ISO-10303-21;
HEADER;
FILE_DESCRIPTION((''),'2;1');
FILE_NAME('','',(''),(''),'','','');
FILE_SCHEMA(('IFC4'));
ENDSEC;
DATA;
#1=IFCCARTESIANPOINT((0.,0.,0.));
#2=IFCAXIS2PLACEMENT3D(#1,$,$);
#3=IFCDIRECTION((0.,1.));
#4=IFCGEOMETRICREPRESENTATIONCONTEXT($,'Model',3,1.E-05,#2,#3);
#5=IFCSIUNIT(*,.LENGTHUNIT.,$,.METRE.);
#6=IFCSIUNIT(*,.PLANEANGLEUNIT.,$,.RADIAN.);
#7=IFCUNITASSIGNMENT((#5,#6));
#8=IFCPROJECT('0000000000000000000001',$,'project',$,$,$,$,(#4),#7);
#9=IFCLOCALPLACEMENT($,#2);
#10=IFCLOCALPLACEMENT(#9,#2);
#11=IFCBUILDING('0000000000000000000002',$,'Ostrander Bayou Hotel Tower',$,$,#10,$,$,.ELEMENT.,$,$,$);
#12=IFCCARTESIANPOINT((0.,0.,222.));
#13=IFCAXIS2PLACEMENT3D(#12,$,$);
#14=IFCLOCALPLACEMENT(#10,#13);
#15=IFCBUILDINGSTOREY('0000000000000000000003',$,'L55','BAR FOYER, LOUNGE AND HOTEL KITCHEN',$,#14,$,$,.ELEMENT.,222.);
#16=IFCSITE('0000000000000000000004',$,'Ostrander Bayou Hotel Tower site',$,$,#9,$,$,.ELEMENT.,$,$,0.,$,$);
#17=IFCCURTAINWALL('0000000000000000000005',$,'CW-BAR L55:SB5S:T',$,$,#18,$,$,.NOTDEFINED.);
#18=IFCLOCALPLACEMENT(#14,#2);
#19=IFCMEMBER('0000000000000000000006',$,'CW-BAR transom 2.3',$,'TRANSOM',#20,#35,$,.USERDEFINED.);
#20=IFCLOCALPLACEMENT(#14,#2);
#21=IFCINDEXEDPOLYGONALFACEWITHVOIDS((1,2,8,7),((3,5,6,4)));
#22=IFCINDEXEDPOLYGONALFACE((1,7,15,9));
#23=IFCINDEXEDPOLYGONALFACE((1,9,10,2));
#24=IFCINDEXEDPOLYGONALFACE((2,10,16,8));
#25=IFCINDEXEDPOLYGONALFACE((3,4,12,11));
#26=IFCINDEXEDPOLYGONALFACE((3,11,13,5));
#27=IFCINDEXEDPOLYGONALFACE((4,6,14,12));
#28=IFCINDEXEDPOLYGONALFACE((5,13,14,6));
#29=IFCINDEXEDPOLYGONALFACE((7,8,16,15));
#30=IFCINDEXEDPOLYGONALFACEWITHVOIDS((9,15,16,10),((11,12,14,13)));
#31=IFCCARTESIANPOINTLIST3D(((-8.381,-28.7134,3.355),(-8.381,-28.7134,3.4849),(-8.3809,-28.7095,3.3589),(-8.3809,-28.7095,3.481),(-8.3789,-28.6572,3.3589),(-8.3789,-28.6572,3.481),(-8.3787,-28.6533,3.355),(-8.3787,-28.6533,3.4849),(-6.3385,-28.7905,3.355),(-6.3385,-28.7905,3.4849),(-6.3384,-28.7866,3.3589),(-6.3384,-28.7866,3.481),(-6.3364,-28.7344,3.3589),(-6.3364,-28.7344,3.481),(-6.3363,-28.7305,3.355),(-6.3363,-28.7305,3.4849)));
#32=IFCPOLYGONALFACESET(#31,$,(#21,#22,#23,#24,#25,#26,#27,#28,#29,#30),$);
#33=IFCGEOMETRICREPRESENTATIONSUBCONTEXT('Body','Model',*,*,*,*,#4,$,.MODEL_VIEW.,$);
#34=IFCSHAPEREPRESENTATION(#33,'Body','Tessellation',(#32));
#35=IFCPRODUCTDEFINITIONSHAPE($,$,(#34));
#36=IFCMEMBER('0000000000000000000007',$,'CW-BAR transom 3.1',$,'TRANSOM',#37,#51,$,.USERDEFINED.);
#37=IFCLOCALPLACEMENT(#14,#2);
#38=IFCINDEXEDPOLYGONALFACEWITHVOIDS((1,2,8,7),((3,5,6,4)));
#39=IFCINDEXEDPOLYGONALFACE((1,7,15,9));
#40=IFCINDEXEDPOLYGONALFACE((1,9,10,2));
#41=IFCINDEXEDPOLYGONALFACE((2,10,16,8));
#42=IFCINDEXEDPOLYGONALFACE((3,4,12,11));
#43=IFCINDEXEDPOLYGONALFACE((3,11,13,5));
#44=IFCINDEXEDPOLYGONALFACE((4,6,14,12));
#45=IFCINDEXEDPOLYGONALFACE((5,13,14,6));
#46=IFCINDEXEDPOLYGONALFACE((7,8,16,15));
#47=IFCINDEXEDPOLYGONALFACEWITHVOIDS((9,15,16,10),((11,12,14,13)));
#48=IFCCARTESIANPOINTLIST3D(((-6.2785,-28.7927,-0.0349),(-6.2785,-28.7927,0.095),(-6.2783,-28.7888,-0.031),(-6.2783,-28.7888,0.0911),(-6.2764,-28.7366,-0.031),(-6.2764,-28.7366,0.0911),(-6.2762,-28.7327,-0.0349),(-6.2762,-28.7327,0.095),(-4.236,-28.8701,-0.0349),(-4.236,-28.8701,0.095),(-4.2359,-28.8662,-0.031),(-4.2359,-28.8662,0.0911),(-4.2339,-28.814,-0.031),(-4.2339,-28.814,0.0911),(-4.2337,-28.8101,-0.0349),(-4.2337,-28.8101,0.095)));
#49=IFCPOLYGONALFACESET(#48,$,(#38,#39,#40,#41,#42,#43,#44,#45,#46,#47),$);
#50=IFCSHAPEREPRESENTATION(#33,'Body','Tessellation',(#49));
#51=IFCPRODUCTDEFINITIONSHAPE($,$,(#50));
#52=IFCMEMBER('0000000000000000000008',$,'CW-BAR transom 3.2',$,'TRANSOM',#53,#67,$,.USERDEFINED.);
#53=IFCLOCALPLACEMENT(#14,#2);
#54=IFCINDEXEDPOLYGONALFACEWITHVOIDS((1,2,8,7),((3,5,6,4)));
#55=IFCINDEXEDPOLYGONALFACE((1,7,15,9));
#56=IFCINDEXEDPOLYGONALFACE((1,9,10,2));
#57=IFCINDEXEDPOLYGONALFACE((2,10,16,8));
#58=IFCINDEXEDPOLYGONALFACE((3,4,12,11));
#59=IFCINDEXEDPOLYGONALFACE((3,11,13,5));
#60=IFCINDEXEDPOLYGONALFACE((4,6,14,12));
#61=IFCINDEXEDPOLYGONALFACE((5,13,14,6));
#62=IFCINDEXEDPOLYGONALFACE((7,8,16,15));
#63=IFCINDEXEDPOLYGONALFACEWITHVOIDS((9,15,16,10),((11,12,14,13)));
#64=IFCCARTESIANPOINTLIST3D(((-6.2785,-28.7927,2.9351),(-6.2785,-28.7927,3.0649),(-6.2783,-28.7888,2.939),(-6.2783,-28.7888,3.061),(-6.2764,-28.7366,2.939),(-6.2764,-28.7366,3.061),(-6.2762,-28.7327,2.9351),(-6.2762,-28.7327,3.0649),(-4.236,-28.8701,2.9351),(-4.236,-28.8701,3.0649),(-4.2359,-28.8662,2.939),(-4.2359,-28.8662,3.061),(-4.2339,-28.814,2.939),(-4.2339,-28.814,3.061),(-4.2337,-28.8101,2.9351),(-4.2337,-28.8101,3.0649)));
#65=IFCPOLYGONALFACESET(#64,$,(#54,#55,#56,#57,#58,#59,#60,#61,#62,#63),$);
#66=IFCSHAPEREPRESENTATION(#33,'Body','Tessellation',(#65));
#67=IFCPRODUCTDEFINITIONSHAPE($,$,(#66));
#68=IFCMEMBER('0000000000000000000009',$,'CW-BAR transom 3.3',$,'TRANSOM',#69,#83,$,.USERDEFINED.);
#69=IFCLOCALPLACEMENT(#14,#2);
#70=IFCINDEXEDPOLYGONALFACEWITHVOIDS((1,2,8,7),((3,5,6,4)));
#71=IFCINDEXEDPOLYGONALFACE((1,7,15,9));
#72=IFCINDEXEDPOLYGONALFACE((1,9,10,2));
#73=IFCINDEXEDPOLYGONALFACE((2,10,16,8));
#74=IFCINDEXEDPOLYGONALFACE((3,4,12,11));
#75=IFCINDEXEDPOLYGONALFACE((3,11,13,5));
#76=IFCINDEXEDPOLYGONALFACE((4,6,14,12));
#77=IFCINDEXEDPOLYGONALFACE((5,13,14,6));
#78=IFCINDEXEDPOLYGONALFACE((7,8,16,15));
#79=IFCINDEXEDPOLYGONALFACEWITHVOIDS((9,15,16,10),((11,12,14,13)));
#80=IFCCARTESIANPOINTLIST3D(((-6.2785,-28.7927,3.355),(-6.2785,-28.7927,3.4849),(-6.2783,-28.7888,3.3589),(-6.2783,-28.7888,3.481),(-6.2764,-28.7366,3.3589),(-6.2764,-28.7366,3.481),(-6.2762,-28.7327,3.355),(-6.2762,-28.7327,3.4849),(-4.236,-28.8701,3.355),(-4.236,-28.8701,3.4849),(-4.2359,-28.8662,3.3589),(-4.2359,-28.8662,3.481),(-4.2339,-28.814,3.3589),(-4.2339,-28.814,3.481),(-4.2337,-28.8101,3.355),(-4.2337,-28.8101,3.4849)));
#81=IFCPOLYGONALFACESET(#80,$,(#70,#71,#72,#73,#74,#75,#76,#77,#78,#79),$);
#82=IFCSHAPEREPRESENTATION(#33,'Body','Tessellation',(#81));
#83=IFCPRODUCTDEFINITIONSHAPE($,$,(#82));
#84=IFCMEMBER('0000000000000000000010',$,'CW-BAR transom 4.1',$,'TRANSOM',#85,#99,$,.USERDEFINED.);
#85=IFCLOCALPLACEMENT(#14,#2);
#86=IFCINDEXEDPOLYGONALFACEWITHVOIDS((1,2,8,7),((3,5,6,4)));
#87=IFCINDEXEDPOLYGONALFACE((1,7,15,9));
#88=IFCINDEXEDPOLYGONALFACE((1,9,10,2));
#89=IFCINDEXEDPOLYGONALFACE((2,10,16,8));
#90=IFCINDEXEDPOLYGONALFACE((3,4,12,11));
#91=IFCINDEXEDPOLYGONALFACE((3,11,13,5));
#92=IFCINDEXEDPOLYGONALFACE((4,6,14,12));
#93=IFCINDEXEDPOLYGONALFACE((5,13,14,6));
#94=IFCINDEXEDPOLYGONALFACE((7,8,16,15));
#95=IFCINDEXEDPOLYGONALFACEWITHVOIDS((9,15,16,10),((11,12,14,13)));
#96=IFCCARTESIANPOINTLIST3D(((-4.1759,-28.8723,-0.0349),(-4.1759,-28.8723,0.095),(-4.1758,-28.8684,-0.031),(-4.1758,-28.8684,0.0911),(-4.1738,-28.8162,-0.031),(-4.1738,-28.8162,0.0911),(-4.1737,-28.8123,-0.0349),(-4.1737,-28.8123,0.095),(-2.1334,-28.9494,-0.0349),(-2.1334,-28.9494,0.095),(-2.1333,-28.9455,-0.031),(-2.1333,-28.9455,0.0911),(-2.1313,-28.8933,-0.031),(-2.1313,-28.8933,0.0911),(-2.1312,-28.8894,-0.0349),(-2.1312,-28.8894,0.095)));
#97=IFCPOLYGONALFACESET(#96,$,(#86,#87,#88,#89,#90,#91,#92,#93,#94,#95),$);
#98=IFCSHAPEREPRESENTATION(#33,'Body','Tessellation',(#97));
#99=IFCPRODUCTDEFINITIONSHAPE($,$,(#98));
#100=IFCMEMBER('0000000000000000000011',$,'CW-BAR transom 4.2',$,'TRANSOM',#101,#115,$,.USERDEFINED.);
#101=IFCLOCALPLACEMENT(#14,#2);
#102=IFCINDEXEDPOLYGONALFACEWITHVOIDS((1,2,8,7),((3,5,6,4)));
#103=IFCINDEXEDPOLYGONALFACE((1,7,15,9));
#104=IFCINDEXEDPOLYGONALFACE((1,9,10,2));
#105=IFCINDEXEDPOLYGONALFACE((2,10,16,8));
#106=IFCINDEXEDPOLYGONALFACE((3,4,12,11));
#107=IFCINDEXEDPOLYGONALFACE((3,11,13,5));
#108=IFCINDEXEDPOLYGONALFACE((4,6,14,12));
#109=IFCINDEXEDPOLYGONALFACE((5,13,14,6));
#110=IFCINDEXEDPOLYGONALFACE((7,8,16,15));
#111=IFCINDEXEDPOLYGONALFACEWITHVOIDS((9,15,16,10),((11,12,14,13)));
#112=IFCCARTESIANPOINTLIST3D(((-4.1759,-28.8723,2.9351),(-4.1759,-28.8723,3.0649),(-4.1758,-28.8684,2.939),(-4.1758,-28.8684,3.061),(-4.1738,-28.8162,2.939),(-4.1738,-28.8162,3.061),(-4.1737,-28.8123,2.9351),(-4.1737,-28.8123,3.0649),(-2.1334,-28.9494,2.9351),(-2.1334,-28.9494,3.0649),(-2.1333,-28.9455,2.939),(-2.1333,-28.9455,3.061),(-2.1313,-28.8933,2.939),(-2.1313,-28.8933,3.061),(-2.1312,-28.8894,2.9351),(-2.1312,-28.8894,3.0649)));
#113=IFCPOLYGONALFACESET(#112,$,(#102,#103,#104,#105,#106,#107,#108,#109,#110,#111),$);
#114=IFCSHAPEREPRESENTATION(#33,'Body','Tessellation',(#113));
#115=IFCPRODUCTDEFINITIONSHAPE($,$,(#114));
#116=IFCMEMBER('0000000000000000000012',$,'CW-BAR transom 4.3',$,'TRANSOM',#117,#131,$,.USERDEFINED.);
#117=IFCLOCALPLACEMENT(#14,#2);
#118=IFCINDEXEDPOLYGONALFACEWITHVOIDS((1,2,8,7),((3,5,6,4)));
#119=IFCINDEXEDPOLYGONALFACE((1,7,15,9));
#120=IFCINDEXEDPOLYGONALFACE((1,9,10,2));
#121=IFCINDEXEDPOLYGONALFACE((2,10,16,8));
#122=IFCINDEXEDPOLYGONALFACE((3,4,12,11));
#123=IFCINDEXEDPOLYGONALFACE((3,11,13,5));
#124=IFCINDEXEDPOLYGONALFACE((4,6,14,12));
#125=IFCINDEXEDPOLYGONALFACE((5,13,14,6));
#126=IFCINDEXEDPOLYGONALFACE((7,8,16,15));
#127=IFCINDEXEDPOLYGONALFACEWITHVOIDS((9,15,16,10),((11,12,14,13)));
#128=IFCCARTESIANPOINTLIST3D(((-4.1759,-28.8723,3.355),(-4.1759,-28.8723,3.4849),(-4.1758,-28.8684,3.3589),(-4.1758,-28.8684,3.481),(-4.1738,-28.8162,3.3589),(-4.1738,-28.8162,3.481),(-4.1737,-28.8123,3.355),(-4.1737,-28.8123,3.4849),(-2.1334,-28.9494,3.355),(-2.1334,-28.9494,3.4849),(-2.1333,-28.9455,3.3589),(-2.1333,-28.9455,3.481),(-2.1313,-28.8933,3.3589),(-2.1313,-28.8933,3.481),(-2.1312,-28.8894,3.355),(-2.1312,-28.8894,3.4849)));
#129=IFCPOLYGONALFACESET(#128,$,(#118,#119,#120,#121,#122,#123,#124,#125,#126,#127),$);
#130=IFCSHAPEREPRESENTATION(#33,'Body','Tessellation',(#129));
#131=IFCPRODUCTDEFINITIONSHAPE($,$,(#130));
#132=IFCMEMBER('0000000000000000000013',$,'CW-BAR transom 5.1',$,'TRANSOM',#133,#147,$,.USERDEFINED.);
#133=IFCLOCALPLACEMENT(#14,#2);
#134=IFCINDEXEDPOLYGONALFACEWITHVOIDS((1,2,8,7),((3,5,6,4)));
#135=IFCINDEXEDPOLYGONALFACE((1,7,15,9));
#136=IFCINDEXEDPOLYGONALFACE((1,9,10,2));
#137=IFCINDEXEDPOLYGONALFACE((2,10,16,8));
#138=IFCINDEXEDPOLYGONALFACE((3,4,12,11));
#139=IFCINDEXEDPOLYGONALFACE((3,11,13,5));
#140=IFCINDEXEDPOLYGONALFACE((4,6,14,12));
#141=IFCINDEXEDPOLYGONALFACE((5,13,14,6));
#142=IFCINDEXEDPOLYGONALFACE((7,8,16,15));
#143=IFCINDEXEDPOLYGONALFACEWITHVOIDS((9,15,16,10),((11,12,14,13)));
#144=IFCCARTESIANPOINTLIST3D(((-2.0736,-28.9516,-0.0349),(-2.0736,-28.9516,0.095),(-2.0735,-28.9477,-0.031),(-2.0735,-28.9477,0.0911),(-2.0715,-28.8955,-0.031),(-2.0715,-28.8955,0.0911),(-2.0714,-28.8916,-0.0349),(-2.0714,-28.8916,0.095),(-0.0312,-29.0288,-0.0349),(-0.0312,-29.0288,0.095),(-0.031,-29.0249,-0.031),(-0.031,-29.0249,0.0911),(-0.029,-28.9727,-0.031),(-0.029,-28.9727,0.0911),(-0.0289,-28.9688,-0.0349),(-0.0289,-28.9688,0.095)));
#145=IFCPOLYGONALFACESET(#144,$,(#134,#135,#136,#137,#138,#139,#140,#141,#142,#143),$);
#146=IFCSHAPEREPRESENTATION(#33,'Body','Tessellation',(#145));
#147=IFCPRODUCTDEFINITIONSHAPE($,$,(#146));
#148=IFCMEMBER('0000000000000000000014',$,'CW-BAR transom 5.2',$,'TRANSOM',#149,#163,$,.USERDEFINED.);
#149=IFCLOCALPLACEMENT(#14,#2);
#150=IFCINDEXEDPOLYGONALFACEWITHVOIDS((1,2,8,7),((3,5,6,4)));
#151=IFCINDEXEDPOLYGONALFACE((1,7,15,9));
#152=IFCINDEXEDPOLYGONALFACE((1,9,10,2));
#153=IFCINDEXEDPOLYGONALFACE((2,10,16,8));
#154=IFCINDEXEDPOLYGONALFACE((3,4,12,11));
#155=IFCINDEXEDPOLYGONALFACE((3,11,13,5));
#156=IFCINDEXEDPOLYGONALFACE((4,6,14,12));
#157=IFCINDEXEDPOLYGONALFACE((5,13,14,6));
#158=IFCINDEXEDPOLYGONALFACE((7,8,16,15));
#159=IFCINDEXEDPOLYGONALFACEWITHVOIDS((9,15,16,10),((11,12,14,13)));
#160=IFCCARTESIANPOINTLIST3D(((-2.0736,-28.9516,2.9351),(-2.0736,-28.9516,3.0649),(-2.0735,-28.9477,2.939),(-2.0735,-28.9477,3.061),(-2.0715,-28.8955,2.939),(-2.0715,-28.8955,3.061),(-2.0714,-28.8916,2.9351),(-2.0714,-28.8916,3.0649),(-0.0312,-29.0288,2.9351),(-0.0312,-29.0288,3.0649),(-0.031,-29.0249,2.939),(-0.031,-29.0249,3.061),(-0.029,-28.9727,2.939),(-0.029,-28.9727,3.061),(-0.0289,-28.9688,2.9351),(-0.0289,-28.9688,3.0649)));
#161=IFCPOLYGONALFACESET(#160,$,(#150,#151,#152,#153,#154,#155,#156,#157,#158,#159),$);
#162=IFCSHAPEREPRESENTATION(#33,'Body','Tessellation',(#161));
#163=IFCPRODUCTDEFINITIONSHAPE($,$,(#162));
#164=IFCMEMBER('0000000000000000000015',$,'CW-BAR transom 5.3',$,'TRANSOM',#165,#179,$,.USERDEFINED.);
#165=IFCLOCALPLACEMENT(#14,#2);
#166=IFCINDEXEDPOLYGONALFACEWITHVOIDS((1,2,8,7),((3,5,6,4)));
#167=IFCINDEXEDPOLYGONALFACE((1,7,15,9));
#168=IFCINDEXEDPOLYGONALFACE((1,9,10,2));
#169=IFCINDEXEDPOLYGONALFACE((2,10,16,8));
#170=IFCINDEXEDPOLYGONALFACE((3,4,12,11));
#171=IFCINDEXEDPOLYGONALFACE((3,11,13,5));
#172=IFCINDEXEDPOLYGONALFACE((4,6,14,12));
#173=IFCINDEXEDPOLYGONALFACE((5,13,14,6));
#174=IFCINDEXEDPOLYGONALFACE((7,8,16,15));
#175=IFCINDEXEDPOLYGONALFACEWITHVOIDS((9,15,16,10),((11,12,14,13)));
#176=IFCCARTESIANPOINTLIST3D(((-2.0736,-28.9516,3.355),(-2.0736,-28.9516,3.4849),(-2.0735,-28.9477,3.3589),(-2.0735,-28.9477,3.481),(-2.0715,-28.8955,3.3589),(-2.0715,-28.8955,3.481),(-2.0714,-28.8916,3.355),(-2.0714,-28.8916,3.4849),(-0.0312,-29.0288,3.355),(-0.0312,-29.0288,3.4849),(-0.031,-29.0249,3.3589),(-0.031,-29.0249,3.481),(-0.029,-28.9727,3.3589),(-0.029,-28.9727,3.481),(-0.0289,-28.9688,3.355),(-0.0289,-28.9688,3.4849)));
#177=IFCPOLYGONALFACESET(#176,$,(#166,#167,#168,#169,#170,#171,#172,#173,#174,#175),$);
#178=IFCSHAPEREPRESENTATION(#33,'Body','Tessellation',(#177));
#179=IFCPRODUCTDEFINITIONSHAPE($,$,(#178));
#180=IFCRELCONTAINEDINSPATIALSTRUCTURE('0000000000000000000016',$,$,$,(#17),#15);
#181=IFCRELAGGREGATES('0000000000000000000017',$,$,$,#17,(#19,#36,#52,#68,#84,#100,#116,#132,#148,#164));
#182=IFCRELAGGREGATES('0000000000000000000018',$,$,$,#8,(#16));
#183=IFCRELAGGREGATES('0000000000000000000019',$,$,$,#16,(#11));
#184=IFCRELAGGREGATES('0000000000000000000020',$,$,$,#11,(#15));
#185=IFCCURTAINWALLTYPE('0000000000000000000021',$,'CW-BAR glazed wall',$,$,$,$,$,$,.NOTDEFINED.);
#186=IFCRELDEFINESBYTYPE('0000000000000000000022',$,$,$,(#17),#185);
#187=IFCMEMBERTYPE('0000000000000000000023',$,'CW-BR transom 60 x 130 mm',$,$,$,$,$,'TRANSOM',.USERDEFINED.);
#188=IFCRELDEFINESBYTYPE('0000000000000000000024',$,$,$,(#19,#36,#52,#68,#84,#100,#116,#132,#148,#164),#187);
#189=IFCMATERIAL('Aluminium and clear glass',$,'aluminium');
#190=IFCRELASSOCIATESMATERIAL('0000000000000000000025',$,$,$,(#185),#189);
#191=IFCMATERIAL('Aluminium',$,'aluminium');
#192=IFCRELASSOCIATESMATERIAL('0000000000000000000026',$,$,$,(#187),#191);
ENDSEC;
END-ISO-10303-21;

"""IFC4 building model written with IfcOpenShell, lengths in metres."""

from ifc_helpers import new_model, si_unit, direction, frame, origin, origin_2d, place, context, subcontext, project, spatial, hollow_rectangle, extrude, material, material_profile, profile_set, type_object, element, aggregate, save


model = new_model("IFC4")

# Units and contexts
model_context = context("Model", 3, precision=1e-05, world=origin(), true_north=direction((0.0, 1.0)))
body_context = subcontext(model_context, "Body", "Model", "MODEL_VIEW")
ifc_project = project(units=[si_unit("LENGTHUNIT", "METRE"), si_unit("PLANEANGLEUNIT", "RADIAN")], contexts=[model_context])

# Site, building, storey
site_placement = place(None, origin())
site = spatial("IfcSite", under=ifc_project, at=site_placement, Name="Ostrander Bayou Hotel Tower site", CompositionType="ELEMENT", RefElevation=0.0)
building_placement = place(site_placement, origin())
building = spatial("IfcBuilding", under=site, at=building_placement, Name="Ostrander Bayou Hotel Tower", CompositionType="ELEMENT")
storey_placement = place(building_placement, frame((0.0, 0.0, 222.0)))
storey = spatial("IfcBuildingStorey", under=building, at=storey_placement, Name="L55", Description="BAR FOYER, LOUNGE AND HOTEL KITCHEN", CompositionType="ELEMENT", Elevation=222.0)

# Shared definitions
ifc_material_1 = material(Name="Aluminium and clear glass", Category="aluminium")
curtain_wall_type = type_object("IfcCurtainWallType", Name="CW-BAR glazed wall", PredefinedType="NOTDEFINED", material=ifc_material_1)

# Curtain wall, members
curtain_wall_1_placement = place(storey_placement, origin())
curtain_wall_1 = element("IfcCurtainWall", 1, at=curtain_wall_1_placement, inside=storey, type_object=curtain_wall_type, Name="CW-BAR L55:SB5S:T", PredefinedType="NOTDEFINED")
ifc_material_2 = material(Name="Aluminium", Category="aluminium")
ifc_material_profile_1 = material_profile(ifc_material_2, hollow_rectangle(XDim=0.0601, YDim=0.1299, WallThickness=0.0039, at=origin_2d()))
ifc_profile_set_1 = profile_set([ifc_material_profile_1], Name="Aluminium")
member_type_1 = type_object("IfcMemberType", Name="CW-BR transom 60 x 130 mm", ElementType="TRANSOM", PredefinedType="USERDEFINED", material=ifc_profile_set_1)
member_1_placement = place(storey_placement, frame((-8.3799, -28.6833, 3.4199), z_axis=(0.999287, -0.037745, 0.0), x_axis=(0.037745, 0.999287, 0.0)))
member_1 = element("IfcMember", 2, at=member_1_placement, type_object=member_type_1, Name="CW-BAR transom 2.3", ObjectType="TRANSOM", PredefinedType="USERDEFINED", context=body_context, shape_type="SweptSolid", body=[
    extrude(hollow_rectangle(XDim=0.0601, YDim=0.1299, WallThickness=0.0039, at=origin_2d()), origin(), (0.0, 0.0, 1.0), 2.0439),
])
member_2_placement = place(storey_placement, frame((-6.2773, -28.7627, 0.03), z_axis=(0.999283, -0.037864, 0.0), x_axis=(0.037864, 0.999283, 0.0)))
member_2 = element("IfcMember", 3, at=member_2_placement, type_object=member_type_1, Name="CW-BAR transom 3.1", ObjectType="TRANSOM", PredefinedType="USERDEFINED", context=body_context, shape_type="SweptSolid", body=[
    extrude(hollow_rectangle(XDim=0.0601, YDim=0.1299, WallThickness=0.0039, at=origin_2d()), origin(), (0.0, 0.0, 1.0), 2.0439),
])
member_3_placement = place(storey_placement, frame((-6.2773, -28.7627, 3.0), z_axis=(0.999283, -0.037864, 0.0), x_axis=(0.037864, 0.999283, 0.0)))
member_3 = element("IfcMember", 4, at=member_3_placement, type_object=member_type_1, Name="CW-BAR transom 3.2", ObjectType="TRANSOM", PredefinedType="USERDEFINED", context=body_context, shape_type="SweptSolid", body=[
    extrude(hollow_rectangle(XDim=0.0601, YDim=0.1299, WallThickness=0.0039, at=origin_2d()), origin(), (0.0, 0.0, 1.0), 2.0439),
])
member_4_placement = place(storey_placement, frame((-6.2773, -28.7627, 3.4199), z_axis=(0.999283, -0.037864, 0.0), x_axis=(0.037864, 0.999283, 0.0)))
member_4 = element("IfcMember", 5, at=member_4_placement, type_object=member_type_1, Name="CW-BAR transom 3.3", ObjectType="TRANSOM", PredefinedType="USERDEFINED", context=body_context, shape_type="SweptSolid", body=[
    extrude(hollow_rectangle(XDim=0.0601, YDim=0.1299, WallThickness=0.0039, at=origin_2d()), origin(), (0.0, 0.0, 1.0), 2.0439),
])
member_5_placement = place(storey_placement, frame((-4.1748, -28.8423, 0.03), z_axis=(0.999287, -0.037745, 0.0), x_axis=(0.037745, 0.999287, 0.0)))
member_5 = element("IfcMember", 6, at=member_5_placement, type_object=member_type_1, Name="CW-BAR transom 4.1", ObjectType="TRANSOM", PredefinedType="USERDEFINED", context=body_context, shape_type="SweptSolid", body=[
    extrude(hollow_rectangle(XDim=0.0601, YDim=0.1299, WallThickness=0.0039, at=origin_2d()), origin(), (0.0, 0.0, 1.0), 2.0439),
])
member_6_placement = place(storey_placement, frame((-4.1748, -28.8423, 3.0), z_axis=(0.999287, -0.037745, 0.0), x_axis=(0.037745, 0.999287, 0.0)))
member_6 = element("IfcMember", 7, at=member_6_placement, type_object=member_type_1, Name="CW-BAR transom 4.2", ObjectType="TRANSOM", PredefinedType="USERDEFINED", context=body_context, shape_type="SweptSolid", body=[
    extrude(hollow_rectangle(XDim=0.0601, YDim=0.1299, WallThickness=0.0039, at=origin_2d()), origin(), (0.0, 0.0, 1.0), 2.0439),
])
member_7_placement = place(storey_placement, frame((-4.1748, -28.8423, 3.4199), z_axis=(0.999287, -0.037745, 0.0), x_axis=(0.037745, 0.999287, 0.0)))
member_7 = element("IfcMember", 8, at=member_7_placement, type_object=member_type_1, Name="CW-BAR transom 4.3", ObjectType="TRANSOM", PredefinedType="USERDEFINED", context=body_context, shape_type="SweptSolid", body=[
    extrude(hollow_rectangle(XDim=0.0601, YDim=0.1299, WallThickness=0.0039, at=origin_2d()), origin(), (0.0, 0.0, 1.0), 2.0439),
])
member_8_placement = place(storey_placement, frame((-2.0725, -28.9216, 0.03), z_axis=(0.999287, -0.037745, 0.0), x_axis=(0.037745, 0.999287, 0.0)))
member_8 = element("IfcMember", 9, at=member_8_placement, type_object=member_type_1, Name="CW-BAR transom 5.1", ObjectType="TRANSOM", PredefinedType="USERDEFINED", context=body_context, shape_type="SweptSolid", body=[
    extrude(hollow_rectangle(XDim=0.0601, YDim=0.1299, WallThickness=0.0039, at=origin_2d()), origin(), (0.0, 0.0, 1.0), 2.0439),
])
member_9_placement = place(storey_placement, frame((-2.0725, -28.9216, 3.0), z_axis=(0.999287, -0.037745, 0.0), x_axis=(0.037745, 0.999287, 0.0)))
member_9 = element("IfcMember", 10, at=member_9_placement, type_object=member_type_1, Name="CW-BAR transom 5.2", ObjectType="TRANSOM", PredefinedType="USERDEFINED", context=body_context, shape_type="SweptSolid", body=[
    extrude(hollow_rectangle(XDim=0.0601, YDim=0.1299, WallThickness=0.0039, at=origin_2d()), origin(), (0.0, 0.0, 1.0), 2.0439),
])
member_10_placement = place(storey_placement, frame((-2.0725, -28.9216, 3.4199), z_axis=(0.999287, -0.037745, 0.0), x_axis=(0.037745, 0.999287, 0.0)))
member_10 = element("IfcMember", 11, at=member_10_placement, type_object=member_type_1, Name="CW-BAR transom 5.3", ObjectType="TRANSOM", PredefinedType="USERDEFINED", context=body_context, shape_type="SweptSolid", body=[
    extrude(hollow_rectangle(XDim=0.0601, YDim=0.1299, WallThickness=0.0039, at=origin_2d()), origin(), (0.0, 0.0, 1.0), 2.0439),
])

aggregate(curtain_wall_1, [member_1, member_2, member_3, member_4, member_5, member_6, member_7, member_8, member_9, member_10])

save(model, "model.ifc")
